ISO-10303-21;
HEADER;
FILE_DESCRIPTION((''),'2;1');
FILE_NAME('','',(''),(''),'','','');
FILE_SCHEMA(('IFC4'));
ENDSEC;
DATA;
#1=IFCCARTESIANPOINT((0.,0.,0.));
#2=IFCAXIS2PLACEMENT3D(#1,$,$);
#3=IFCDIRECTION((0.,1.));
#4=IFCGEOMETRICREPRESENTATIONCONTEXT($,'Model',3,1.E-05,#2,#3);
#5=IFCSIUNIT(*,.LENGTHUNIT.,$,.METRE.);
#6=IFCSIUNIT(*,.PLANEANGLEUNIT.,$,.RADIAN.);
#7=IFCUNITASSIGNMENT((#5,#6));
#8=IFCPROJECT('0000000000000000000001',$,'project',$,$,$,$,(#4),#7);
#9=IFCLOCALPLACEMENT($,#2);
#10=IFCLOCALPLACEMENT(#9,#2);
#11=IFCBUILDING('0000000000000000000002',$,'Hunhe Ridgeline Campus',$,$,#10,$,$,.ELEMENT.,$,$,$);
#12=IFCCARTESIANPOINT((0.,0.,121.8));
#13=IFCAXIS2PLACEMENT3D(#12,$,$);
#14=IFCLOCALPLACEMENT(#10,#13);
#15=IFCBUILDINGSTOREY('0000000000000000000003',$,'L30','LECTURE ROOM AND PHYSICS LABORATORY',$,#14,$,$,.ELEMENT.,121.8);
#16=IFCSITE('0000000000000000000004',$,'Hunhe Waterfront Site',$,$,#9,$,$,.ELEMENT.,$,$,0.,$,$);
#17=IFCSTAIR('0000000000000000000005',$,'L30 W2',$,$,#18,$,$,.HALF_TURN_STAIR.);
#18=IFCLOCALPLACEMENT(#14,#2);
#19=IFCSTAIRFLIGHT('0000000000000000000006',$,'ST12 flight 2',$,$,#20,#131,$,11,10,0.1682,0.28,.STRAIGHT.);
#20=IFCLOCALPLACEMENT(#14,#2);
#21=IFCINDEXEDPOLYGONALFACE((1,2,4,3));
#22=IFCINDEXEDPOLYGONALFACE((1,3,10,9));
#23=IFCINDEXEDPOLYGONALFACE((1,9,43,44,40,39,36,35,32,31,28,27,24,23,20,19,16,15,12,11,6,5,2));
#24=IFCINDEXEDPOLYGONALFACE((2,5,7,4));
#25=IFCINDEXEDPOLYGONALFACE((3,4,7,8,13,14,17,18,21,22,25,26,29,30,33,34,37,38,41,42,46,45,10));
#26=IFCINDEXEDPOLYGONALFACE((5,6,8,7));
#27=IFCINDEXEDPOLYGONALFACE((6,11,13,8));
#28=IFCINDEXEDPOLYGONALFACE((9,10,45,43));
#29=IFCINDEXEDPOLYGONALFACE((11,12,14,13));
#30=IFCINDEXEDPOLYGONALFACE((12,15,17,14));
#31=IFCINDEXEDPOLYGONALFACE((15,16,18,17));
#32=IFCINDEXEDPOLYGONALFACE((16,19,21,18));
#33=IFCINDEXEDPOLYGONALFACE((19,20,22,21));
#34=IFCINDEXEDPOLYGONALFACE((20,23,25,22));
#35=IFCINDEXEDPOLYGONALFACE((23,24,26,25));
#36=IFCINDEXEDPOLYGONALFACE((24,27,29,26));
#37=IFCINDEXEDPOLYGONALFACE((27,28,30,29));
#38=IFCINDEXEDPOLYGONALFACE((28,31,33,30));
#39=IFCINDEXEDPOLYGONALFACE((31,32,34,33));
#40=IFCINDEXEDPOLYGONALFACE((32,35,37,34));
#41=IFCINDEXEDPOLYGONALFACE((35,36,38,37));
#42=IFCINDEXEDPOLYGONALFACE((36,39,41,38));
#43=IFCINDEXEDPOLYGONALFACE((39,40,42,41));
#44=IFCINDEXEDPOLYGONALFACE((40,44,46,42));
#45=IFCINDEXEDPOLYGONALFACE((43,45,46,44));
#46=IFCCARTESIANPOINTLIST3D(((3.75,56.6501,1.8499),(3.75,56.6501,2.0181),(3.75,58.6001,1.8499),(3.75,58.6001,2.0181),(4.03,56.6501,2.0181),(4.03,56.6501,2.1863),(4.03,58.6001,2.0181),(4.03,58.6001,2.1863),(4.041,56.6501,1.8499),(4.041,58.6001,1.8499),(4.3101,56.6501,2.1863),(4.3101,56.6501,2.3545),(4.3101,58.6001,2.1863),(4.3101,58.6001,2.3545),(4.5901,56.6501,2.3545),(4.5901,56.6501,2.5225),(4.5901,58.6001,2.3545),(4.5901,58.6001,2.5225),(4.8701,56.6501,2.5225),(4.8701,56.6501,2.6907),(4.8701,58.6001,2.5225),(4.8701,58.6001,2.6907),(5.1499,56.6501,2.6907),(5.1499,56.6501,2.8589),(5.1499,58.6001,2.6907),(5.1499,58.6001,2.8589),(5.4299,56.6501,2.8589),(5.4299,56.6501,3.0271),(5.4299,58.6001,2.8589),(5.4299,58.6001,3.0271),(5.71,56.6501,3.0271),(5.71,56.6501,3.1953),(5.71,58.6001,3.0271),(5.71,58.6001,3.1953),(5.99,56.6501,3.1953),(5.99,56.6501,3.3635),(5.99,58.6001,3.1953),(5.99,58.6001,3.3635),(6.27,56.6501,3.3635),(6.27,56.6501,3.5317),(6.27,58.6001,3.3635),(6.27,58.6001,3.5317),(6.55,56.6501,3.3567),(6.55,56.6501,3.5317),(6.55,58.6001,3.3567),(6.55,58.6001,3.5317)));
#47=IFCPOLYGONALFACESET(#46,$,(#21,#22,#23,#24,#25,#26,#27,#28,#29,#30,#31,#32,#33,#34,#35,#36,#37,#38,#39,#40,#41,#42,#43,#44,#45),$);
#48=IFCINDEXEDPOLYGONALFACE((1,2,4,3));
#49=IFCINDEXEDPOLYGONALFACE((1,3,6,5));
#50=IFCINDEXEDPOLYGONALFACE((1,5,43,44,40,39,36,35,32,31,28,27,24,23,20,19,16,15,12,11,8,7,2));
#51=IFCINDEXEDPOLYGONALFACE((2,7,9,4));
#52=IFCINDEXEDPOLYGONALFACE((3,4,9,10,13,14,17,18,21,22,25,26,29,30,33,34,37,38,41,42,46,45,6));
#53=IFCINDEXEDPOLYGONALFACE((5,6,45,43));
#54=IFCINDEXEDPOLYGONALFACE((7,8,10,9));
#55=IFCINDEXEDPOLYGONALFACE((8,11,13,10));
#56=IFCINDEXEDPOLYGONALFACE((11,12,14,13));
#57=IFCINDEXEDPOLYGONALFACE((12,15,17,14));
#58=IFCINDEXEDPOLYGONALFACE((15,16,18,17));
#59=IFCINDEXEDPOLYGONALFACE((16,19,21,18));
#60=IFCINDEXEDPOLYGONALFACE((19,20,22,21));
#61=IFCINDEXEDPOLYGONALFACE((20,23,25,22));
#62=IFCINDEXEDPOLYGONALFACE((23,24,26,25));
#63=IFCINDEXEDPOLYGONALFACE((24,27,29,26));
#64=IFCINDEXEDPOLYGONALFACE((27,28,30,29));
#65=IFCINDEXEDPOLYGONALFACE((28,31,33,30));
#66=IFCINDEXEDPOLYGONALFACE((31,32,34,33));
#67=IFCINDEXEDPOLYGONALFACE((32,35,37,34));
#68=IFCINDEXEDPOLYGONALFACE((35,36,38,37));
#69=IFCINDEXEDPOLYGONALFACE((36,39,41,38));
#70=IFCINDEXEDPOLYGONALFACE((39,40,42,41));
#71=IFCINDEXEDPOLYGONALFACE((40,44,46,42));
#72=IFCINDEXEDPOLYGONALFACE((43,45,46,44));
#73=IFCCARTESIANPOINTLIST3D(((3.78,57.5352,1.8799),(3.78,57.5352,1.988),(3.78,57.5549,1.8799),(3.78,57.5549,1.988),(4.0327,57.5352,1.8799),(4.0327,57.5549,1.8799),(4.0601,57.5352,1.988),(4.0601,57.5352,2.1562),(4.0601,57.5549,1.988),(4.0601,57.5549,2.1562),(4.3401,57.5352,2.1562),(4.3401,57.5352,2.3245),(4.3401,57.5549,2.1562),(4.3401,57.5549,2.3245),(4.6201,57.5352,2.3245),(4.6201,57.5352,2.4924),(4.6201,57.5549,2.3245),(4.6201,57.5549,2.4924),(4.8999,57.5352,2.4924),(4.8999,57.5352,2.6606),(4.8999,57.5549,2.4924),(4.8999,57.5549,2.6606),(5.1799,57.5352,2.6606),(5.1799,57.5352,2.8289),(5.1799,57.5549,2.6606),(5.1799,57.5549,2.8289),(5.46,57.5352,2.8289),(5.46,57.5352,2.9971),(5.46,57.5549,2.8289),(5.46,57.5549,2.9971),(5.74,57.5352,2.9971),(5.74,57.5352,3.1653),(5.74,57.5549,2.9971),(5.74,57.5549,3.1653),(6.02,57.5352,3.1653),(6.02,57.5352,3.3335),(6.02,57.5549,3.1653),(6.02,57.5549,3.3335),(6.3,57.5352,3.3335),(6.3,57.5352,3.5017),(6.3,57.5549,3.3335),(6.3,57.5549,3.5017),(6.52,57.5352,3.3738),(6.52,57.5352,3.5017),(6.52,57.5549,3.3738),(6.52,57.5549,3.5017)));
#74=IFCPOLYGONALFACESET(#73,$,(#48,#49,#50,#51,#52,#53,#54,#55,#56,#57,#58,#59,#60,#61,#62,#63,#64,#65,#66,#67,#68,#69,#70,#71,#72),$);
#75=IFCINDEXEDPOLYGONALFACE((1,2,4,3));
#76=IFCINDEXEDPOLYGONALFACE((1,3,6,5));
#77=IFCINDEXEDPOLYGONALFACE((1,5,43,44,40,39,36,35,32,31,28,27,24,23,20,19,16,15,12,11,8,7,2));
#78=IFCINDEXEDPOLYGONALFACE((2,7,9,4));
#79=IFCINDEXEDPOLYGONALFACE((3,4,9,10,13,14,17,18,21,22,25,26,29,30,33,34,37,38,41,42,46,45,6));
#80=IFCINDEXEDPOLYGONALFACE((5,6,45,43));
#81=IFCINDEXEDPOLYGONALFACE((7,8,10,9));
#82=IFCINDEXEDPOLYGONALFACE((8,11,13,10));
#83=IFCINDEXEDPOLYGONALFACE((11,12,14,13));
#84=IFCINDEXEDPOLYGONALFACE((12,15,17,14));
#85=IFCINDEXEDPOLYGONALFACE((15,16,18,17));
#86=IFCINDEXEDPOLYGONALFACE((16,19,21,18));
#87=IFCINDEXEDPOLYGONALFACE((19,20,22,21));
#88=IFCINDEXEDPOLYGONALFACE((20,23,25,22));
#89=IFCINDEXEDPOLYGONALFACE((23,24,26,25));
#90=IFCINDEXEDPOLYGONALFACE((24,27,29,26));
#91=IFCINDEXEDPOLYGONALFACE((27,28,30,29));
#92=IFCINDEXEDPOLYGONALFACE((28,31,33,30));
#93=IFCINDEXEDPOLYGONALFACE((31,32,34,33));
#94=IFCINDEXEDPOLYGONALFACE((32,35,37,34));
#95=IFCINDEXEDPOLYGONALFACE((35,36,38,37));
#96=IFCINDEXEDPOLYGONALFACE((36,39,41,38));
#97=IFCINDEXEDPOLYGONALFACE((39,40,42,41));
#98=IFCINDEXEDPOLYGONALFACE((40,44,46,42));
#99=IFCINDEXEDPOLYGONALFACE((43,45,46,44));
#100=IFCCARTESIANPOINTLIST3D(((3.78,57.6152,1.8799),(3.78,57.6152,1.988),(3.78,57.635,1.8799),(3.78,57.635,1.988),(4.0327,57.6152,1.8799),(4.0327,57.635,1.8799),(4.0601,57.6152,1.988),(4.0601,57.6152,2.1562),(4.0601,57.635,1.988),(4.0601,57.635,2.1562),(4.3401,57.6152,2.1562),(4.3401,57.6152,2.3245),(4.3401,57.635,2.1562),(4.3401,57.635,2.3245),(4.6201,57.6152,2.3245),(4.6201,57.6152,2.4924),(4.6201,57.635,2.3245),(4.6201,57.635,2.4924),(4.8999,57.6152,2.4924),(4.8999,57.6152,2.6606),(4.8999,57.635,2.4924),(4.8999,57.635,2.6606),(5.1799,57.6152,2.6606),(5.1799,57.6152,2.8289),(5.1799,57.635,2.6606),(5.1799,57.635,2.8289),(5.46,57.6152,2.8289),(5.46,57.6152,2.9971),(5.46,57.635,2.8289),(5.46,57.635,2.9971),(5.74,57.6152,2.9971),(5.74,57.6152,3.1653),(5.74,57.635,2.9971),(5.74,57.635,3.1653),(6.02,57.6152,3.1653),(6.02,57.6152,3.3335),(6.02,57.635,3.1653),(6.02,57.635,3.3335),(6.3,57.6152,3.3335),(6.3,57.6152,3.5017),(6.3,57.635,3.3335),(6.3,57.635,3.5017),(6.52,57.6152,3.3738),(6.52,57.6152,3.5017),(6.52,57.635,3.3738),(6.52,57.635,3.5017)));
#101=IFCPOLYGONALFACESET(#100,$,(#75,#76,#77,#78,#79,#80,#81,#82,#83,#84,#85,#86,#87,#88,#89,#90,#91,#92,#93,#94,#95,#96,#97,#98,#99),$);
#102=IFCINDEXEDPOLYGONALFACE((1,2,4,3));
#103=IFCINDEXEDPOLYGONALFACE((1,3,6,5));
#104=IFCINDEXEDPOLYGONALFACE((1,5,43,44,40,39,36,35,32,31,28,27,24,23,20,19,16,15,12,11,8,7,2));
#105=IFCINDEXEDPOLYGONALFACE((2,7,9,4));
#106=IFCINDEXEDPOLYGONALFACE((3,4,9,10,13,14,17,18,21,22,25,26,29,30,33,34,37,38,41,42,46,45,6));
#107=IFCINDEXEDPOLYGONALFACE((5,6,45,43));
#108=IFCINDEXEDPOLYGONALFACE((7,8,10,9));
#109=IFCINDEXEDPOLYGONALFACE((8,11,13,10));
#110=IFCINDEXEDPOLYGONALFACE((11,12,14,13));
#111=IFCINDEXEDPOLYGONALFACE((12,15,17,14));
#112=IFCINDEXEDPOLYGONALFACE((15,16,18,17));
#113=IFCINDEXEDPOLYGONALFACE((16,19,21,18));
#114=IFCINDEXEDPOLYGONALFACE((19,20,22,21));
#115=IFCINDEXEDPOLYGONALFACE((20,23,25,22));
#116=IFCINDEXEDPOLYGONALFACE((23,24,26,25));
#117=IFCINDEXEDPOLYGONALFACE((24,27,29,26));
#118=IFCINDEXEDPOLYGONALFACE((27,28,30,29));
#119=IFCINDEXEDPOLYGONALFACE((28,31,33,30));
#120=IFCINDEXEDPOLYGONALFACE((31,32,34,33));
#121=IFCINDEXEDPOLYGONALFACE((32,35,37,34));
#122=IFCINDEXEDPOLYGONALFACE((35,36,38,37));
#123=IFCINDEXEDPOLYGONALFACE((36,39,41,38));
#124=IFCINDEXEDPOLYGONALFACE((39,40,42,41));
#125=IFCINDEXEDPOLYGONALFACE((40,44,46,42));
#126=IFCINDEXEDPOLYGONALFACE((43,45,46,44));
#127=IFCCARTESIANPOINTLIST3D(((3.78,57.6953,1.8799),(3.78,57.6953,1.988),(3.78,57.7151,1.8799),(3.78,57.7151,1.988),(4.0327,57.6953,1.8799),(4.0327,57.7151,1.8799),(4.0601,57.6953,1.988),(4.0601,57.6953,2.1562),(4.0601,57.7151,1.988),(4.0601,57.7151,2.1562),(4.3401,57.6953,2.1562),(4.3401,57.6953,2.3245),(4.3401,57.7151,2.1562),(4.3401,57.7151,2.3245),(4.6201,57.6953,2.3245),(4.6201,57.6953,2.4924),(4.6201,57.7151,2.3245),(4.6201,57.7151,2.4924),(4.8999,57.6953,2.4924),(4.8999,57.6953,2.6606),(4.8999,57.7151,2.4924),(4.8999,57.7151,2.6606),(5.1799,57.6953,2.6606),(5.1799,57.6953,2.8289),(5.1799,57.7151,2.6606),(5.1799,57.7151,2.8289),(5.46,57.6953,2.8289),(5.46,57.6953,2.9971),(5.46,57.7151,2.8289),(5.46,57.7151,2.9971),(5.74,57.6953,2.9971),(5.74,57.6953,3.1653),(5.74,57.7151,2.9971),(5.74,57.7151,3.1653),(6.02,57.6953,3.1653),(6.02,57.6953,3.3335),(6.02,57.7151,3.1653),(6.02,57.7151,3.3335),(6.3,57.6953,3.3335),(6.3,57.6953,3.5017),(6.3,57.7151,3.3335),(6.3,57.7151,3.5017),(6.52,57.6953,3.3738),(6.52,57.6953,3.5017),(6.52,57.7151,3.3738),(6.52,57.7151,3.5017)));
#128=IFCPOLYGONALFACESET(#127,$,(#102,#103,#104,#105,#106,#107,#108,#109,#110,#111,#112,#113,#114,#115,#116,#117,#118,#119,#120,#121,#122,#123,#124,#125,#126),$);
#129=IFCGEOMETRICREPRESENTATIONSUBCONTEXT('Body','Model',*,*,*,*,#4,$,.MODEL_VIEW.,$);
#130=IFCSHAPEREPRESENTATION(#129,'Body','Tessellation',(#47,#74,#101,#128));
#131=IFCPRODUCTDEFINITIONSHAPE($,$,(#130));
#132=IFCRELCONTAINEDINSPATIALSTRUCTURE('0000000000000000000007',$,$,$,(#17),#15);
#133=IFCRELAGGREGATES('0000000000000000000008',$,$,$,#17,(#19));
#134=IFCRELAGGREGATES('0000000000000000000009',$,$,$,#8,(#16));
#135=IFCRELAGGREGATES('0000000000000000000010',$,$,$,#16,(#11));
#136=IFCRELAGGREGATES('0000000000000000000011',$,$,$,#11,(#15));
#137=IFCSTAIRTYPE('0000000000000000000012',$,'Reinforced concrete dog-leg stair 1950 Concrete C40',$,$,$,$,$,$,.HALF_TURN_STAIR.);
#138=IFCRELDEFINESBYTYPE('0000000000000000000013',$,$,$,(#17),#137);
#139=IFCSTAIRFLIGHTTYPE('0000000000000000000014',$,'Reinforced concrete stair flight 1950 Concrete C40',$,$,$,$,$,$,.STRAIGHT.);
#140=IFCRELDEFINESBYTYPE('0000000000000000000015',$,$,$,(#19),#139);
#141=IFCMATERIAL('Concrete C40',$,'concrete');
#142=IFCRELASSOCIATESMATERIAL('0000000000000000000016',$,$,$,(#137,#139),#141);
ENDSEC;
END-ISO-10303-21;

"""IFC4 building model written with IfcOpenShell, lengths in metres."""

from ifc_helpers import new_model, si_unit, direction, frame, origin, place, context, subcontext, project, spatial, polyline, outline, extrude, material, type_object, element, aggregate, save


model = new_model("IFC4")

# Units and contexts
model_context = context("Model", 3, precision=1e-05, world=origin(), true_north=direction((0.0, 1.0)))
body_context = subcontext(model_context, "Body", "Model", "MODEL_VIEW")
ifc_project = project(units=[si_unit("LENGTHUNIT", "METRE"), si_unit("PLANEANGLEUNIT", "RADIAN")], contexts=[model_context])

# Site, building, storey
site_placement = place(None, origin())
site = spatial("IfcSite", under=ifc_project, at=site_placement, Name="Hunhe Waterfront Site", CompositionType="ELEMENT", RefElevation=0.0)
building_placement = place(site_placement, origin())
building = spatial("IfcBuilding", under=site, at=building_placement, Name="Hunhe Ridgeline Campus", CompositionType="ELEMENT")
storey_placement = place(building_placement, frame((0.0, 0.0, 121.8)))
storey = spatial("IfcBuildingStorey", under=building, at=storey_placement, Name="L30", Description="LECTURE ROOM AND PHYSICS LABORATORY", CompositionType="ELEMENT", Elevation=121.8)

# Stair, stair flight
ifc_material_1 = material(Name="Concrete C40", Category="concrete")
stair_type = type_object("IfcStairType", Name="Reinforced concrete dog-leg stair 1950 Concrete C40", PredefinedType="HALF_TURN_STAIR", material=ifc_material_1)
stair_placement = place(storey_placement, origin())
stair = element("IfcStair", 1, at=stair_placement, inside=storey, type_object=stair_type, Name="L30 W2", PredefinedType="HALF_TURN_STAIR")
stair_flight_type = type_object("IfcStairFlightType", Name="Reinforced concrete stair flight 1950 Concrete C40", PredefinedType="STRAIGHT", material=ifc_material_1)
stair_flight_1_placement = place(storey_placement, frame((3.75, 57.625, 1.8499), z_axis=(0.0, 0.0, 1.0), x_axis=(1.0, 0.0, 0.0)))
stair_flight_1 = element("IfcStairFlight", 2, at=stair_flight_1_placement, type_object=stair_flight_type, Name="ST12 flight 2", NumberOfRisers=11, NumberOfTreads=10, PredefinedType="STRAIGHT", RiserHeight=0.1682, TreadLength=0.28, context=body_context, shape_type="SweptSolid", body=[
    extrude(outline(polyline([(0.0, 0.0), (0.0, 0.1682), (0.28, 0.1682), (0.28, 0.3364), (0.5601, 0.3364), (0.5601, 0.5046), (0.8401, 0.5046), (0.8401, 0.6726), (1.1201, 0.6726), (1.1201, 0.8408), (1.3999, 0.8408), (1.3999, 1.009), (1.6799, 1.009), (1.6799, 1.1772), (1.96, 1.1772), (1.96, 1.3455), (2.24, 1.3455), (2.24, 1.5137), (2.52, 1.5137), (2.52, 1.6819), (2.8, 1.6819), (2.8, 1.8501), (2.8, 1.5068), (0.291, 0.0), (0.0, 0.0)])), frame((0.0, 0.9751, 0.0), z_axis=(0.0, -1.0, 0.0), x_axis=(1.0, 0.0, 0.0)), (0.0, 0.0, 1.0), 1.95),
    extrude(outline(polyline([(0.03, 0.03), (0.03, 0.1382), (0.3101, 0.1382), (0.3101, 0.3064), (0.5901, 0.3064), (0.5901, 0.4746), (0.8701, 0.4746), (0.8701, 0.6426), (1.1499, 0.6426), (1.1499, 0.8108), (1.4299, 0.8108), (1.4299, 0.979), (1.71, 0.979), (1.71, 1.1472), (1.99, 1.1472), (1.99, 1.3154), (2.27, 1.3154), (2.27, 1.4836), (2.55, 1.4836), (2.55, 1.6519), (2.77, 1.6519), (2.77, 1.5239), (0.2827, 0.03), (0.03, 0.03)])), frame((0.0, -0.0701, 0.0), z_axis=(0.0, -1.0, 0.0), x_axis=(1.0, 0.0, 0.0)), (0.0, 0.0, 1.0), 0.0198),
    extrude(outline(polyline([(0.03, 0.03), (0.03, 0.1382), (0.3101, 0.1382), (0.3101, 0.3064), (0.5901, 0.3064), (0.5901, 0.4746), (0.8701, 0.4746), (0.8701, 0.6426), (1.1499, 0.6426), (1.1499, 0.8108), (1.4299, 0.8108), (1.4299, 0.979), (1.71, 0.979), (1.71, 1.1472), (1.99, 1.1472), (1.99, 1.3154), (2.27, 1.3154), (2.27, 1.4836), (2.55, 1.4836), (2.55, 1.6519), (2.77, 1.6519), (2.77, 1.5239), (0.2827, 0.03), (0.03, 0.03)])), frame((0.0, 0.01, 0.0), z_axis=(0.0, -1.0, 0.0), x_axis=(1.0, 0.0, 0.0)), (0.0, 0.0, 1.0), 0.0198),
    extrude(outline(polyline([(0.03, 0.03), (0.03, 0.1382), (0.3101, 0.1382), (0.3101, 0.3064), (0.5901, 0.3064), (0.5901, 0.4746), (0.8701, 0.4746), (0.8701, 0.6426), (1.1499, 0.6426), (1.1499, 0.8108), (1.4299, 0.8108), (1.4299, 0.979), (1.71, 0.979), (1.71, 1.1472), (1.99, 1.1472), (1.99, 1.3154), (2.27, 1.3154), (2.27, 1.4836), (2.55, 1.4836), (2.55, 1.6519), (2.77, 1.6519), (2.77, 1.5239), (0.2827, 0.03), (0.03, 0.03)])), frame((0.0, 0.0901, 0.0), z_axis=(0.0, -1.0, 0.0), x_axis=(1.0, 0.0, 0.0)), (0.0, 0.0, 1.0), 0.0198),
])
aggregate(stair, [stair_flight_1])

save(model, "model.ifc")
